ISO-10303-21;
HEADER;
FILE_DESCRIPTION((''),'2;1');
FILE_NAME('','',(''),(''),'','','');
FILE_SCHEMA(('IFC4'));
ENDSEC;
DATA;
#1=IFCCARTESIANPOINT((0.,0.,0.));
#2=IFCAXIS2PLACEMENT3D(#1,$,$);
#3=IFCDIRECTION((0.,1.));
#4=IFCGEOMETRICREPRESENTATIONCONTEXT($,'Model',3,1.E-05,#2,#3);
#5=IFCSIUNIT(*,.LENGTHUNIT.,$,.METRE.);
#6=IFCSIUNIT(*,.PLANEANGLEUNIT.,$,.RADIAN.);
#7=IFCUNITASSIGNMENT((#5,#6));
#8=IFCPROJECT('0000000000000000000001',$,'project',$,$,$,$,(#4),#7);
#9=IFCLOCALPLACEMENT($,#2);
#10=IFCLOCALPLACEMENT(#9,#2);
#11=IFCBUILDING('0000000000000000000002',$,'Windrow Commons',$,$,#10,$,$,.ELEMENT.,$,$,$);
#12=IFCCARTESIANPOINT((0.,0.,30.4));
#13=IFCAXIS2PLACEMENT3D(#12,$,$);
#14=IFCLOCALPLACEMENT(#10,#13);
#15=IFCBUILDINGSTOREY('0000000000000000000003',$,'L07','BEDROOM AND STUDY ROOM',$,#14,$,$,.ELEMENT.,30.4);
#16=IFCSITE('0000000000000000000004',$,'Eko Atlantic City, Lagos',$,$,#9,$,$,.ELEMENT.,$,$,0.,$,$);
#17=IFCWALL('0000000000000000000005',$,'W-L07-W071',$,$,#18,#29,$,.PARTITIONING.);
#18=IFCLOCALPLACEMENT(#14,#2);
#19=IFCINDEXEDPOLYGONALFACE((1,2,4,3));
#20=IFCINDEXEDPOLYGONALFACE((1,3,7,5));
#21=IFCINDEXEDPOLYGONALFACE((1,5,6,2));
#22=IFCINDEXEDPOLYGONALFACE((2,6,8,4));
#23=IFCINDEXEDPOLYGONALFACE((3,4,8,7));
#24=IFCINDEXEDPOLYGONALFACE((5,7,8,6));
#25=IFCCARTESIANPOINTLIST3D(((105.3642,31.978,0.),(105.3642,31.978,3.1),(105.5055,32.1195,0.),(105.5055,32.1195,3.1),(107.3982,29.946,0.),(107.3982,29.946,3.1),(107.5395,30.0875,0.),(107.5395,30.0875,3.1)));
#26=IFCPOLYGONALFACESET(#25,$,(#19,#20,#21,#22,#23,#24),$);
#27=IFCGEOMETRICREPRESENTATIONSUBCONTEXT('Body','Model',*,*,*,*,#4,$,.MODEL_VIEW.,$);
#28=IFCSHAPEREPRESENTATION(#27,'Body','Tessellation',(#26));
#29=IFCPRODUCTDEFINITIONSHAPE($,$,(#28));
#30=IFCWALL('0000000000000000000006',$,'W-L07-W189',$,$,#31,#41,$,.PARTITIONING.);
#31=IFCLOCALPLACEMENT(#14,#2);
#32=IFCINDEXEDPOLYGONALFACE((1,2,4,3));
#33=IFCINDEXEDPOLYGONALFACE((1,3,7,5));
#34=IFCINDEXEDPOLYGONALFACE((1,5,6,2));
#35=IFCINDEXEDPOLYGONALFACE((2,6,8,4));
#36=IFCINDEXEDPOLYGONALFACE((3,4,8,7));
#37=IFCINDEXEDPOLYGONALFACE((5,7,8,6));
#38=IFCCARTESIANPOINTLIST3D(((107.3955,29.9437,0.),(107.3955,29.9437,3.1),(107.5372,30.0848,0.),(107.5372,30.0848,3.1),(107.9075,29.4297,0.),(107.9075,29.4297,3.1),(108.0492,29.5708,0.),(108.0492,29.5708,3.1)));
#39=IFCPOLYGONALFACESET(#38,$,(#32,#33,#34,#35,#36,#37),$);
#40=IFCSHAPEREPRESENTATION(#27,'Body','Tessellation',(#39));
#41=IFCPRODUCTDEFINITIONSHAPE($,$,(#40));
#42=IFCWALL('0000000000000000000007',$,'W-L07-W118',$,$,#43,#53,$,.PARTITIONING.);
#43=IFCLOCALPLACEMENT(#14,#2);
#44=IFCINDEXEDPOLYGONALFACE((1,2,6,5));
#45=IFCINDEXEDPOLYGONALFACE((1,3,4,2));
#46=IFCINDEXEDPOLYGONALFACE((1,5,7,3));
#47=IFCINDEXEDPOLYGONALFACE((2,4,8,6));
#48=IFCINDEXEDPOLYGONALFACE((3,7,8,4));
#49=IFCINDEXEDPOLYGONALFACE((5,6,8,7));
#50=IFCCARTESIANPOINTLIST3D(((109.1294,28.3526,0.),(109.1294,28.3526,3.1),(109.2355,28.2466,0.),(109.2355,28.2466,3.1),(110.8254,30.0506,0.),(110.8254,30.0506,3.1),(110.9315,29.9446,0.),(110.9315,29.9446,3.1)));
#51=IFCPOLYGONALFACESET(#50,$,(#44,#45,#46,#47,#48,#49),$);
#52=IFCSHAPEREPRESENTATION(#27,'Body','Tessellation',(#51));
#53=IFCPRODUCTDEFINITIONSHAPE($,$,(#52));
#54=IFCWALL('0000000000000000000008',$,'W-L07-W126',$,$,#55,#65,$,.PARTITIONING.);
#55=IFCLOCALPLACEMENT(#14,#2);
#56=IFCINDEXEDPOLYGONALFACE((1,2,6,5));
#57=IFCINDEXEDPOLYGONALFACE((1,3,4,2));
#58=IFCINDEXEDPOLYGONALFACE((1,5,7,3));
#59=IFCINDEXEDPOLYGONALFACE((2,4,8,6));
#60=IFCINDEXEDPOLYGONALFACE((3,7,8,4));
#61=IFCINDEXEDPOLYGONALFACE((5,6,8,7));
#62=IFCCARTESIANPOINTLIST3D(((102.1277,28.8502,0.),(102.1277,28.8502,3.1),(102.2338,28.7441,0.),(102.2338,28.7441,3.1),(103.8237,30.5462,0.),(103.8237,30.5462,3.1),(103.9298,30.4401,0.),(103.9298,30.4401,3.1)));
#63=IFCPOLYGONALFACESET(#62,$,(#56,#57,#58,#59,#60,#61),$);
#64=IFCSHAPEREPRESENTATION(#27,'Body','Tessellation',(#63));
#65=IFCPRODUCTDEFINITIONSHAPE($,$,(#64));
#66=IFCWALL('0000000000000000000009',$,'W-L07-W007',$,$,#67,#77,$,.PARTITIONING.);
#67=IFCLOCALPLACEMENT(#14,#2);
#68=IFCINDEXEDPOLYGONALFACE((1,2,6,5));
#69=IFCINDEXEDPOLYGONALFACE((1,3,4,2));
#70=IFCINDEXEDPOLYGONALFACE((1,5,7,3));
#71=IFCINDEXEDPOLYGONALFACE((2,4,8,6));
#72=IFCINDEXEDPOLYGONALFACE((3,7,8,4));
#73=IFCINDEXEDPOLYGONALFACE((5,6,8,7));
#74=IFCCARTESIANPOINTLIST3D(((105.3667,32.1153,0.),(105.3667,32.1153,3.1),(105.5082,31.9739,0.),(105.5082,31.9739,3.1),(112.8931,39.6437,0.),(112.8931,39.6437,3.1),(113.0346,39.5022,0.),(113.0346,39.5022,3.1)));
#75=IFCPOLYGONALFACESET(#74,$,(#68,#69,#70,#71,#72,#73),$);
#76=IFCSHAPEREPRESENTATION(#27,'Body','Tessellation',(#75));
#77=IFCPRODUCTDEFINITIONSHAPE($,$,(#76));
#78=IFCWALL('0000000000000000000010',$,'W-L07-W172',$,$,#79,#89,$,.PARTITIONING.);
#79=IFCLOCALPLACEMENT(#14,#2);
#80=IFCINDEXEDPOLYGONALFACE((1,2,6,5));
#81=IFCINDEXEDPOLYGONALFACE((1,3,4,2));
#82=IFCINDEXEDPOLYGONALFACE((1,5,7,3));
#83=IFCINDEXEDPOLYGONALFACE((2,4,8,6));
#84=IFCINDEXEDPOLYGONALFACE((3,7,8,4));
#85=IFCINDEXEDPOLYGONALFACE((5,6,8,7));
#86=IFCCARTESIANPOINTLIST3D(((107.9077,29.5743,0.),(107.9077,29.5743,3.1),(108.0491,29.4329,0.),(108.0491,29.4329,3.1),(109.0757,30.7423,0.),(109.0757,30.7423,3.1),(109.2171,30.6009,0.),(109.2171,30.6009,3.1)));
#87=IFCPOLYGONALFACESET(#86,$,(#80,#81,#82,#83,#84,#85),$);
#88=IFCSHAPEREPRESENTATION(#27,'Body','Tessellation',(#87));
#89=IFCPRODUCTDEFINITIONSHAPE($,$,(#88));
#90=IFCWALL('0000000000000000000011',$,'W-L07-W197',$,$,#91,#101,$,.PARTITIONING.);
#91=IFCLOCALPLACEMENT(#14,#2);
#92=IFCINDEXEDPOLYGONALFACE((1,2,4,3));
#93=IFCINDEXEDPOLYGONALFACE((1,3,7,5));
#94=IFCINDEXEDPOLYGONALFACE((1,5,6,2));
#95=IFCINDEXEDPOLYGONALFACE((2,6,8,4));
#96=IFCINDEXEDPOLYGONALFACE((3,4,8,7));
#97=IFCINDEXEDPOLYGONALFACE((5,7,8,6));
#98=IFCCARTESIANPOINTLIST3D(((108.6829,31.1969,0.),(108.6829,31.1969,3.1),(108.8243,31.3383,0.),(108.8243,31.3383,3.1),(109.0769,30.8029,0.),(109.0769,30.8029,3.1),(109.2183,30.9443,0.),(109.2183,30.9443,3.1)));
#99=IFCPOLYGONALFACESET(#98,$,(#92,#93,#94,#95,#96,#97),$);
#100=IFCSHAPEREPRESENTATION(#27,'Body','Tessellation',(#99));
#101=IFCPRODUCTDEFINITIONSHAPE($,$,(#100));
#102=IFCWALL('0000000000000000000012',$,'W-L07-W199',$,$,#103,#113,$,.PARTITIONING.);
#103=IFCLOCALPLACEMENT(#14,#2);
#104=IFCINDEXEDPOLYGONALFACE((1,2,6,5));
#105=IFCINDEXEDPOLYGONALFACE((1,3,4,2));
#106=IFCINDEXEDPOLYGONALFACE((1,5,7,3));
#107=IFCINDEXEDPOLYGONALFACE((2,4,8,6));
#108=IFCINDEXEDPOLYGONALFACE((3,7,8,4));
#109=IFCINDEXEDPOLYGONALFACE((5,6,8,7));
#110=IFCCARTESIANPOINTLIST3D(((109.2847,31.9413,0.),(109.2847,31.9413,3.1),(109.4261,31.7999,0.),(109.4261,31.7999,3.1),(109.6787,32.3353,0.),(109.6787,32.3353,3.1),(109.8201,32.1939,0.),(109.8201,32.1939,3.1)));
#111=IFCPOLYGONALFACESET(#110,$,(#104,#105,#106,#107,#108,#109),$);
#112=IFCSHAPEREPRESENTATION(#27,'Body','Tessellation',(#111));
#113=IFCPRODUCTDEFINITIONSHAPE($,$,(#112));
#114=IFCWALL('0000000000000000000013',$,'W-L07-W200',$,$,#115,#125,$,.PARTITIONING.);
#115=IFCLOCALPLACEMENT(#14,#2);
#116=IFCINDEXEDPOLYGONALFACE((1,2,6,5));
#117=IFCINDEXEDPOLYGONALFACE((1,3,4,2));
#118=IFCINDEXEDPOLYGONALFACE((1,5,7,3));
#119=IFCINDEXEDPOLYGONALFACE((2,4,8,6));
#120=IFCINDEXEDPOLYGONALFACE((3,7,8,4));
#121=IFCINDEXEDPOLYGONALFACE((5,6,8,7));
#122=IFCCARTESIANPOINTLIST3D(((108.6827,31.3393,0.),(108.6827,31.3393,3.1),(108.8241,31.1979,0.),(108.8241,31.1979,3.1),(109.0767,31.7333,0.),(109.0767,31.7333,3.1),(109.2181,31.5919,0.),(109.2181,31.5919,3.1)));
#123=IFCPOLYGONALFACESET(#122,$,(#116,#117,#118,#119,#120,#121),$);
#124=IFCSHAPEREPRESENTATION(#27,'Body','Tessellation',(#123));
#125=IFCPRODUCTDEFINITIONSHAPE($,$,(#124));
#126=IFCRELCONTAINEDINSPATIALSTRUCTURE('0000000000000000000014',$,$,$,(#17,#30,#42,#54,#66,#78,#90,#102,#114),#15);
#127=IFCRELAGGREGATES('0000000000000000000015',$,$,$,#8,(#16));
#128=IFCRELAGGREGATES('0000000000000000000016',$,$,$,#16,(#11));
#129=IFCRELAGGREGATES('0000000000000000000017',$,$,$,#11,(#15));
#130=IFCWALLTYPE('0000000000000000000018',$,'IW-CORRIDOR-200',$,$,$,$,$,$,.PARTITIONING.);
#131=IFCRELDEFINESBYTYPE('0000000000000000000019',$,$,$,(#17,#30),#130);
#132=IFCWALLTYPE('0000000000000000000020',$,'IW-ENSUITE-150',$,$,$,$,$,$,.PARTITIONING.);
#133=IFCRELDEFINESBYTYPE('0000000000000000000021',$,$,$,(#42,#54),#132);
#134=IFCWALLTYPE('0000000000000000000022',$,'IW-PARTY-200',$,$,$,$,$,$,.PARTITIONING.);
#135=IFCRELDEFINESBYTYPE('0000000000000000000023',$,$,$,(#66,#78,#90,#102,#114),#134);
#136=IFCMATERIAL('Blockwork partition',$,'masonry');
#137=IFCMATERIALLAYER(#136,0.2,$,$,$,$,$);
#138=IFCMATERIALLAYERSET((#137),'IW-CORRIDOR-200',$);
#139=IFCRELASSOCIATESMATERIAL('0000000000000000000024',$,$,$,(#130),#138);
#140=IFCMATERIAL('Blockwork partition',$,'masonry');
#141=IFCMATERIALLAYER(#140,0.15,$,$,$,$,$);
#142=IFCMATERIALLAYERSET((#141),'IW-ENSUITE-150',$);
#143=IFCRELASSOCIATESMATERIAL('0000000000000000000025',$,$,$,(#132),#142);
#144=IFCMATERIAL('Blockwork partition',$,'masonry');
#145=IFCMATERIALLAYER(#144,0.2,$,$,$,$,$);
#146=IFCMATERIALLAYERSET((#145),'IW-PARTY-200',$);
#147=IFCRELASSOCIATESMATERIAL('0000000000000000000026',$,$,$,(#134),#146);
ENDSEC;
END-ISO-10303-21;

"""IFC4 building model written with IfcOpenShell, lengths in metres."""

from ifc_helpers import new_model, si_unit, direction, frame, frame_2d, origin, place, context, subcontext, project, spatial, rectangle, extrude, material, layer, layer_set, type_object, element, save


model = new_model("IFC4")

# Units and contexts
model_context = context("Model", 3, precision=1e-05, world=origin(), true_north=direction((0.0, 1.0)))
body_context = subcontext(model_context, "Body", "Model", "MODEL_VIEW")
ifc_project = project(units=[si_unit("LENGTHUNIT", "METRE"), si_unit("PLANEANGLEUNIT", "RADIAN")], contexts=[model_context])

# Site, building, storey
site_placement = place(None, origin())
site = spatial("IfcSite", under=ifc_project, at=site_placement, Name="Eko Atlantic City, Lagos", CompositionType="ELEMENT", RefElevation=0.0)
building_placement = place(site_placement, origin())
building = spatial("IfcBuilding", under=site, at=building_placement, Name="Windrow Commons", CompositionType="ELEMENT")
storey_placement = place(building_placement, frame((0.0, 0.0, 30.4)))
storey = spatial("IfcBuildingStorey", under=building, at=storey_placement, Name="L07", Description="BEDROOM AND STUDY ROOM", CompositionType="ELEMENT", Elevation=30.4)

# Shared definitions
ifc_material_1 = material(Name="Blockwork partition", Category="masonry")
ifc_layer_1 = layer(ifc_material_1, 0.2)
ifc_layer_set_1 = layer_set([ifc_layer_1], Name="IW-CORRIDOR-200")
wall_type_1 = type_object("IfcWallType", Name="IW-CORRIDOR-200", PredefinedType="PARTITIONING", material=ifc_layer_set_1)

# Walls
wall_1_placement = place(storey_placement, frame((105.4348, 32.0488, 0.0), z_axis=(0.0, 0.0, 1.0), x_axis=(0.707455, -0.706759, 0.0)))
element("IfcWall", 1, at=wall_1_placement, inside=storey, type_object=wall_type_1, Name="W-L07-W071", PredefinedType="PARTITIONING", context=body_context, shape_type="SweptSolid", body=[
    extrude(rectangle(XDim=2.8751, YDim=0.2, at=frame_2d((1.4376, 0.0))), origin(), (0.0, 0.0, 1.0), 3.1),
])
wall_2_placement = place(storey_placement, frame((107.4663, 30.0143, 0.0), z_axis=(0.0, 0.0, 1.0), x_axis=(0.705727, -0.708484, 0.0)))
element("IfcWall", 2, at=wall_2_placement, inside=storey, type_object=wall_type_1, Name="W-L07-W189", PredefinedType="PARTITIONING", context=body_context, shape_type="SweptSolid", body=[
    extrude(rectangle(XDim=0.7255, YDim=0.2, at=frame_2d((0.3628, 0.0))), origin(), (0.0, 0.0, 1.0), 3.1),
])
ifc_material_2 = material(Name="Blockwork partition", Category="masonry")
ifc_layer_2 = layer(ifc_material_2, 0.15)
ifc_layer_set_2 = layer_set([ifc_layer_2], Name="IW-ENSUITE-150")
wall_type_2 = type_object("IfcWallType", Name="IW-ENSUITE-150", PredefinedType="PARTITIONING", material=ifc_layer_set_2)
wall_3_placement = place(storey_placement, frame((109.1824, 28.2996, 0.0), z_axis=(0.0, 0.0, 1.0), x_axis=(0.70669, 0.707523, 0.0)))
element("IfcWall", 3, at=wall_3_placement, inside=storey, type_object=wall_type_2, Name="W-L07-W118", PredefinedType="PARTITIONING", context=body_context, shape_type="SweptSolid", body=[
    extrude(rectangle(XDim=2.3999, YDim=0.15, at=frame_2d((1.2, 0.0))), origin(), (0.0, 0.0, 1.0), 3.1),
])
wall_4_placement = place(storey_placement, frame((102.1808, 28.7972, 0.0), z_axis=(0.0, 0.0, 1.0), x_axis=(0.707107, 0.707107, 0.0)))
element("IfcWall", 4, at=wall_4_placement, inside=storey, type_object=wall_type_2, Name="W-L07-W126", PredefinedType="PARTITIONING", context=body_context, shape_type="SweptSolid", body=[
    extrude(rectangle(XDim=2.3985, YDim=0.15, at=frame_2d((1.1992, 0.0))), origin(), (0.0, 0.0, 1.0), 3.1),
])
ifc_material_3 = material(Name="Blockwork partition", Category="masonry")
ifc_layer_3 = layer(ifc_material_3, 0.2)
ifc_layer_set_3 = layer_set([ifc_layer_3], Name="IW-PARTY-200")
wall_type_3 = type_object("IfcWallType", Name="IW-PARTY-200", PredefinedType="PARTITIONING", material=ifc_layer_set_3)
wall_5_placement = place(storey_placement, frame((105.4374, 32.0446, 0.0), z_axis=(0.0, 0.0, 1.0), x_axis=(0.707018, 0.707196, 0.0)))
element("IfcWall", 5, at=wall_5_placement, inside=storey, type_object=wall_type_3, Name="W-L07-W007", PredefinedType="PARTITIONING", context=body_context, shape_type="SweptSolid", body=[
    extrude(rectangle(XDim=10.6453, YDim=0.2, at=frame_2d((5.3227, 0.0))), origin(), (0.0, 0.0, 1.0), 3.1),
])
wall_6_placement = place(storey_placement, frame((107.9784, 29.5036, 0.0), z_axis=(0.0, 0.0, 1.0), x_axis=(0.707107, 0.707107, 0.0)))
element("IfcWall", 6, at=wall_6_placement, inside=storey, type_object=wall_type_3, Name="W-L07-W172", PredefinedType="PARTITIONING", context=body_context, shape_type="SweptSolid", body=[
    extrude(rectangle(XDim=1.6518, YDim=0.2, at=frame_2d((0.8259, 0.0))), origin(), (0.0, 0.0, 1.0), 3.1),
])
for number, where, z_axis, x_axis, name in (
    (7, (108.7536, 31.2676, 0.0), (0.0, 0.0, 1.0), (0.707107, -0.707107, 0.0), "W-L07-W197"),
    (8, (109.3554, 31.8706, 0.0), (0.0, 0.0, 1.0), (0.707107, 0.707107, 0.0), "W-L07-W199"),
    (9, (108.7534, 31.2686, 0.0), (0.0, 0.0, 1.0), (0.707107, 0.707107, 0.0), "W-L07-W200"),
):
    element("IfcWall", number, at=place(storey_placement, frame(where, z_axis=z_axis, x_axis=x_axis)), inside=storey, type_object=wall_type_3, Name=name, PredefinedType="PARTITIONING", context=body_context, shape_type="SweptSolid", body=[
        extrude(rectangle(XDim=0.5572, YDim=0.2, at=frame_2d((0.2786, 0.0))), origin(), (0.0, 0.0, 1.0), 3.1),
    ])

save(model, "model.ifc")
